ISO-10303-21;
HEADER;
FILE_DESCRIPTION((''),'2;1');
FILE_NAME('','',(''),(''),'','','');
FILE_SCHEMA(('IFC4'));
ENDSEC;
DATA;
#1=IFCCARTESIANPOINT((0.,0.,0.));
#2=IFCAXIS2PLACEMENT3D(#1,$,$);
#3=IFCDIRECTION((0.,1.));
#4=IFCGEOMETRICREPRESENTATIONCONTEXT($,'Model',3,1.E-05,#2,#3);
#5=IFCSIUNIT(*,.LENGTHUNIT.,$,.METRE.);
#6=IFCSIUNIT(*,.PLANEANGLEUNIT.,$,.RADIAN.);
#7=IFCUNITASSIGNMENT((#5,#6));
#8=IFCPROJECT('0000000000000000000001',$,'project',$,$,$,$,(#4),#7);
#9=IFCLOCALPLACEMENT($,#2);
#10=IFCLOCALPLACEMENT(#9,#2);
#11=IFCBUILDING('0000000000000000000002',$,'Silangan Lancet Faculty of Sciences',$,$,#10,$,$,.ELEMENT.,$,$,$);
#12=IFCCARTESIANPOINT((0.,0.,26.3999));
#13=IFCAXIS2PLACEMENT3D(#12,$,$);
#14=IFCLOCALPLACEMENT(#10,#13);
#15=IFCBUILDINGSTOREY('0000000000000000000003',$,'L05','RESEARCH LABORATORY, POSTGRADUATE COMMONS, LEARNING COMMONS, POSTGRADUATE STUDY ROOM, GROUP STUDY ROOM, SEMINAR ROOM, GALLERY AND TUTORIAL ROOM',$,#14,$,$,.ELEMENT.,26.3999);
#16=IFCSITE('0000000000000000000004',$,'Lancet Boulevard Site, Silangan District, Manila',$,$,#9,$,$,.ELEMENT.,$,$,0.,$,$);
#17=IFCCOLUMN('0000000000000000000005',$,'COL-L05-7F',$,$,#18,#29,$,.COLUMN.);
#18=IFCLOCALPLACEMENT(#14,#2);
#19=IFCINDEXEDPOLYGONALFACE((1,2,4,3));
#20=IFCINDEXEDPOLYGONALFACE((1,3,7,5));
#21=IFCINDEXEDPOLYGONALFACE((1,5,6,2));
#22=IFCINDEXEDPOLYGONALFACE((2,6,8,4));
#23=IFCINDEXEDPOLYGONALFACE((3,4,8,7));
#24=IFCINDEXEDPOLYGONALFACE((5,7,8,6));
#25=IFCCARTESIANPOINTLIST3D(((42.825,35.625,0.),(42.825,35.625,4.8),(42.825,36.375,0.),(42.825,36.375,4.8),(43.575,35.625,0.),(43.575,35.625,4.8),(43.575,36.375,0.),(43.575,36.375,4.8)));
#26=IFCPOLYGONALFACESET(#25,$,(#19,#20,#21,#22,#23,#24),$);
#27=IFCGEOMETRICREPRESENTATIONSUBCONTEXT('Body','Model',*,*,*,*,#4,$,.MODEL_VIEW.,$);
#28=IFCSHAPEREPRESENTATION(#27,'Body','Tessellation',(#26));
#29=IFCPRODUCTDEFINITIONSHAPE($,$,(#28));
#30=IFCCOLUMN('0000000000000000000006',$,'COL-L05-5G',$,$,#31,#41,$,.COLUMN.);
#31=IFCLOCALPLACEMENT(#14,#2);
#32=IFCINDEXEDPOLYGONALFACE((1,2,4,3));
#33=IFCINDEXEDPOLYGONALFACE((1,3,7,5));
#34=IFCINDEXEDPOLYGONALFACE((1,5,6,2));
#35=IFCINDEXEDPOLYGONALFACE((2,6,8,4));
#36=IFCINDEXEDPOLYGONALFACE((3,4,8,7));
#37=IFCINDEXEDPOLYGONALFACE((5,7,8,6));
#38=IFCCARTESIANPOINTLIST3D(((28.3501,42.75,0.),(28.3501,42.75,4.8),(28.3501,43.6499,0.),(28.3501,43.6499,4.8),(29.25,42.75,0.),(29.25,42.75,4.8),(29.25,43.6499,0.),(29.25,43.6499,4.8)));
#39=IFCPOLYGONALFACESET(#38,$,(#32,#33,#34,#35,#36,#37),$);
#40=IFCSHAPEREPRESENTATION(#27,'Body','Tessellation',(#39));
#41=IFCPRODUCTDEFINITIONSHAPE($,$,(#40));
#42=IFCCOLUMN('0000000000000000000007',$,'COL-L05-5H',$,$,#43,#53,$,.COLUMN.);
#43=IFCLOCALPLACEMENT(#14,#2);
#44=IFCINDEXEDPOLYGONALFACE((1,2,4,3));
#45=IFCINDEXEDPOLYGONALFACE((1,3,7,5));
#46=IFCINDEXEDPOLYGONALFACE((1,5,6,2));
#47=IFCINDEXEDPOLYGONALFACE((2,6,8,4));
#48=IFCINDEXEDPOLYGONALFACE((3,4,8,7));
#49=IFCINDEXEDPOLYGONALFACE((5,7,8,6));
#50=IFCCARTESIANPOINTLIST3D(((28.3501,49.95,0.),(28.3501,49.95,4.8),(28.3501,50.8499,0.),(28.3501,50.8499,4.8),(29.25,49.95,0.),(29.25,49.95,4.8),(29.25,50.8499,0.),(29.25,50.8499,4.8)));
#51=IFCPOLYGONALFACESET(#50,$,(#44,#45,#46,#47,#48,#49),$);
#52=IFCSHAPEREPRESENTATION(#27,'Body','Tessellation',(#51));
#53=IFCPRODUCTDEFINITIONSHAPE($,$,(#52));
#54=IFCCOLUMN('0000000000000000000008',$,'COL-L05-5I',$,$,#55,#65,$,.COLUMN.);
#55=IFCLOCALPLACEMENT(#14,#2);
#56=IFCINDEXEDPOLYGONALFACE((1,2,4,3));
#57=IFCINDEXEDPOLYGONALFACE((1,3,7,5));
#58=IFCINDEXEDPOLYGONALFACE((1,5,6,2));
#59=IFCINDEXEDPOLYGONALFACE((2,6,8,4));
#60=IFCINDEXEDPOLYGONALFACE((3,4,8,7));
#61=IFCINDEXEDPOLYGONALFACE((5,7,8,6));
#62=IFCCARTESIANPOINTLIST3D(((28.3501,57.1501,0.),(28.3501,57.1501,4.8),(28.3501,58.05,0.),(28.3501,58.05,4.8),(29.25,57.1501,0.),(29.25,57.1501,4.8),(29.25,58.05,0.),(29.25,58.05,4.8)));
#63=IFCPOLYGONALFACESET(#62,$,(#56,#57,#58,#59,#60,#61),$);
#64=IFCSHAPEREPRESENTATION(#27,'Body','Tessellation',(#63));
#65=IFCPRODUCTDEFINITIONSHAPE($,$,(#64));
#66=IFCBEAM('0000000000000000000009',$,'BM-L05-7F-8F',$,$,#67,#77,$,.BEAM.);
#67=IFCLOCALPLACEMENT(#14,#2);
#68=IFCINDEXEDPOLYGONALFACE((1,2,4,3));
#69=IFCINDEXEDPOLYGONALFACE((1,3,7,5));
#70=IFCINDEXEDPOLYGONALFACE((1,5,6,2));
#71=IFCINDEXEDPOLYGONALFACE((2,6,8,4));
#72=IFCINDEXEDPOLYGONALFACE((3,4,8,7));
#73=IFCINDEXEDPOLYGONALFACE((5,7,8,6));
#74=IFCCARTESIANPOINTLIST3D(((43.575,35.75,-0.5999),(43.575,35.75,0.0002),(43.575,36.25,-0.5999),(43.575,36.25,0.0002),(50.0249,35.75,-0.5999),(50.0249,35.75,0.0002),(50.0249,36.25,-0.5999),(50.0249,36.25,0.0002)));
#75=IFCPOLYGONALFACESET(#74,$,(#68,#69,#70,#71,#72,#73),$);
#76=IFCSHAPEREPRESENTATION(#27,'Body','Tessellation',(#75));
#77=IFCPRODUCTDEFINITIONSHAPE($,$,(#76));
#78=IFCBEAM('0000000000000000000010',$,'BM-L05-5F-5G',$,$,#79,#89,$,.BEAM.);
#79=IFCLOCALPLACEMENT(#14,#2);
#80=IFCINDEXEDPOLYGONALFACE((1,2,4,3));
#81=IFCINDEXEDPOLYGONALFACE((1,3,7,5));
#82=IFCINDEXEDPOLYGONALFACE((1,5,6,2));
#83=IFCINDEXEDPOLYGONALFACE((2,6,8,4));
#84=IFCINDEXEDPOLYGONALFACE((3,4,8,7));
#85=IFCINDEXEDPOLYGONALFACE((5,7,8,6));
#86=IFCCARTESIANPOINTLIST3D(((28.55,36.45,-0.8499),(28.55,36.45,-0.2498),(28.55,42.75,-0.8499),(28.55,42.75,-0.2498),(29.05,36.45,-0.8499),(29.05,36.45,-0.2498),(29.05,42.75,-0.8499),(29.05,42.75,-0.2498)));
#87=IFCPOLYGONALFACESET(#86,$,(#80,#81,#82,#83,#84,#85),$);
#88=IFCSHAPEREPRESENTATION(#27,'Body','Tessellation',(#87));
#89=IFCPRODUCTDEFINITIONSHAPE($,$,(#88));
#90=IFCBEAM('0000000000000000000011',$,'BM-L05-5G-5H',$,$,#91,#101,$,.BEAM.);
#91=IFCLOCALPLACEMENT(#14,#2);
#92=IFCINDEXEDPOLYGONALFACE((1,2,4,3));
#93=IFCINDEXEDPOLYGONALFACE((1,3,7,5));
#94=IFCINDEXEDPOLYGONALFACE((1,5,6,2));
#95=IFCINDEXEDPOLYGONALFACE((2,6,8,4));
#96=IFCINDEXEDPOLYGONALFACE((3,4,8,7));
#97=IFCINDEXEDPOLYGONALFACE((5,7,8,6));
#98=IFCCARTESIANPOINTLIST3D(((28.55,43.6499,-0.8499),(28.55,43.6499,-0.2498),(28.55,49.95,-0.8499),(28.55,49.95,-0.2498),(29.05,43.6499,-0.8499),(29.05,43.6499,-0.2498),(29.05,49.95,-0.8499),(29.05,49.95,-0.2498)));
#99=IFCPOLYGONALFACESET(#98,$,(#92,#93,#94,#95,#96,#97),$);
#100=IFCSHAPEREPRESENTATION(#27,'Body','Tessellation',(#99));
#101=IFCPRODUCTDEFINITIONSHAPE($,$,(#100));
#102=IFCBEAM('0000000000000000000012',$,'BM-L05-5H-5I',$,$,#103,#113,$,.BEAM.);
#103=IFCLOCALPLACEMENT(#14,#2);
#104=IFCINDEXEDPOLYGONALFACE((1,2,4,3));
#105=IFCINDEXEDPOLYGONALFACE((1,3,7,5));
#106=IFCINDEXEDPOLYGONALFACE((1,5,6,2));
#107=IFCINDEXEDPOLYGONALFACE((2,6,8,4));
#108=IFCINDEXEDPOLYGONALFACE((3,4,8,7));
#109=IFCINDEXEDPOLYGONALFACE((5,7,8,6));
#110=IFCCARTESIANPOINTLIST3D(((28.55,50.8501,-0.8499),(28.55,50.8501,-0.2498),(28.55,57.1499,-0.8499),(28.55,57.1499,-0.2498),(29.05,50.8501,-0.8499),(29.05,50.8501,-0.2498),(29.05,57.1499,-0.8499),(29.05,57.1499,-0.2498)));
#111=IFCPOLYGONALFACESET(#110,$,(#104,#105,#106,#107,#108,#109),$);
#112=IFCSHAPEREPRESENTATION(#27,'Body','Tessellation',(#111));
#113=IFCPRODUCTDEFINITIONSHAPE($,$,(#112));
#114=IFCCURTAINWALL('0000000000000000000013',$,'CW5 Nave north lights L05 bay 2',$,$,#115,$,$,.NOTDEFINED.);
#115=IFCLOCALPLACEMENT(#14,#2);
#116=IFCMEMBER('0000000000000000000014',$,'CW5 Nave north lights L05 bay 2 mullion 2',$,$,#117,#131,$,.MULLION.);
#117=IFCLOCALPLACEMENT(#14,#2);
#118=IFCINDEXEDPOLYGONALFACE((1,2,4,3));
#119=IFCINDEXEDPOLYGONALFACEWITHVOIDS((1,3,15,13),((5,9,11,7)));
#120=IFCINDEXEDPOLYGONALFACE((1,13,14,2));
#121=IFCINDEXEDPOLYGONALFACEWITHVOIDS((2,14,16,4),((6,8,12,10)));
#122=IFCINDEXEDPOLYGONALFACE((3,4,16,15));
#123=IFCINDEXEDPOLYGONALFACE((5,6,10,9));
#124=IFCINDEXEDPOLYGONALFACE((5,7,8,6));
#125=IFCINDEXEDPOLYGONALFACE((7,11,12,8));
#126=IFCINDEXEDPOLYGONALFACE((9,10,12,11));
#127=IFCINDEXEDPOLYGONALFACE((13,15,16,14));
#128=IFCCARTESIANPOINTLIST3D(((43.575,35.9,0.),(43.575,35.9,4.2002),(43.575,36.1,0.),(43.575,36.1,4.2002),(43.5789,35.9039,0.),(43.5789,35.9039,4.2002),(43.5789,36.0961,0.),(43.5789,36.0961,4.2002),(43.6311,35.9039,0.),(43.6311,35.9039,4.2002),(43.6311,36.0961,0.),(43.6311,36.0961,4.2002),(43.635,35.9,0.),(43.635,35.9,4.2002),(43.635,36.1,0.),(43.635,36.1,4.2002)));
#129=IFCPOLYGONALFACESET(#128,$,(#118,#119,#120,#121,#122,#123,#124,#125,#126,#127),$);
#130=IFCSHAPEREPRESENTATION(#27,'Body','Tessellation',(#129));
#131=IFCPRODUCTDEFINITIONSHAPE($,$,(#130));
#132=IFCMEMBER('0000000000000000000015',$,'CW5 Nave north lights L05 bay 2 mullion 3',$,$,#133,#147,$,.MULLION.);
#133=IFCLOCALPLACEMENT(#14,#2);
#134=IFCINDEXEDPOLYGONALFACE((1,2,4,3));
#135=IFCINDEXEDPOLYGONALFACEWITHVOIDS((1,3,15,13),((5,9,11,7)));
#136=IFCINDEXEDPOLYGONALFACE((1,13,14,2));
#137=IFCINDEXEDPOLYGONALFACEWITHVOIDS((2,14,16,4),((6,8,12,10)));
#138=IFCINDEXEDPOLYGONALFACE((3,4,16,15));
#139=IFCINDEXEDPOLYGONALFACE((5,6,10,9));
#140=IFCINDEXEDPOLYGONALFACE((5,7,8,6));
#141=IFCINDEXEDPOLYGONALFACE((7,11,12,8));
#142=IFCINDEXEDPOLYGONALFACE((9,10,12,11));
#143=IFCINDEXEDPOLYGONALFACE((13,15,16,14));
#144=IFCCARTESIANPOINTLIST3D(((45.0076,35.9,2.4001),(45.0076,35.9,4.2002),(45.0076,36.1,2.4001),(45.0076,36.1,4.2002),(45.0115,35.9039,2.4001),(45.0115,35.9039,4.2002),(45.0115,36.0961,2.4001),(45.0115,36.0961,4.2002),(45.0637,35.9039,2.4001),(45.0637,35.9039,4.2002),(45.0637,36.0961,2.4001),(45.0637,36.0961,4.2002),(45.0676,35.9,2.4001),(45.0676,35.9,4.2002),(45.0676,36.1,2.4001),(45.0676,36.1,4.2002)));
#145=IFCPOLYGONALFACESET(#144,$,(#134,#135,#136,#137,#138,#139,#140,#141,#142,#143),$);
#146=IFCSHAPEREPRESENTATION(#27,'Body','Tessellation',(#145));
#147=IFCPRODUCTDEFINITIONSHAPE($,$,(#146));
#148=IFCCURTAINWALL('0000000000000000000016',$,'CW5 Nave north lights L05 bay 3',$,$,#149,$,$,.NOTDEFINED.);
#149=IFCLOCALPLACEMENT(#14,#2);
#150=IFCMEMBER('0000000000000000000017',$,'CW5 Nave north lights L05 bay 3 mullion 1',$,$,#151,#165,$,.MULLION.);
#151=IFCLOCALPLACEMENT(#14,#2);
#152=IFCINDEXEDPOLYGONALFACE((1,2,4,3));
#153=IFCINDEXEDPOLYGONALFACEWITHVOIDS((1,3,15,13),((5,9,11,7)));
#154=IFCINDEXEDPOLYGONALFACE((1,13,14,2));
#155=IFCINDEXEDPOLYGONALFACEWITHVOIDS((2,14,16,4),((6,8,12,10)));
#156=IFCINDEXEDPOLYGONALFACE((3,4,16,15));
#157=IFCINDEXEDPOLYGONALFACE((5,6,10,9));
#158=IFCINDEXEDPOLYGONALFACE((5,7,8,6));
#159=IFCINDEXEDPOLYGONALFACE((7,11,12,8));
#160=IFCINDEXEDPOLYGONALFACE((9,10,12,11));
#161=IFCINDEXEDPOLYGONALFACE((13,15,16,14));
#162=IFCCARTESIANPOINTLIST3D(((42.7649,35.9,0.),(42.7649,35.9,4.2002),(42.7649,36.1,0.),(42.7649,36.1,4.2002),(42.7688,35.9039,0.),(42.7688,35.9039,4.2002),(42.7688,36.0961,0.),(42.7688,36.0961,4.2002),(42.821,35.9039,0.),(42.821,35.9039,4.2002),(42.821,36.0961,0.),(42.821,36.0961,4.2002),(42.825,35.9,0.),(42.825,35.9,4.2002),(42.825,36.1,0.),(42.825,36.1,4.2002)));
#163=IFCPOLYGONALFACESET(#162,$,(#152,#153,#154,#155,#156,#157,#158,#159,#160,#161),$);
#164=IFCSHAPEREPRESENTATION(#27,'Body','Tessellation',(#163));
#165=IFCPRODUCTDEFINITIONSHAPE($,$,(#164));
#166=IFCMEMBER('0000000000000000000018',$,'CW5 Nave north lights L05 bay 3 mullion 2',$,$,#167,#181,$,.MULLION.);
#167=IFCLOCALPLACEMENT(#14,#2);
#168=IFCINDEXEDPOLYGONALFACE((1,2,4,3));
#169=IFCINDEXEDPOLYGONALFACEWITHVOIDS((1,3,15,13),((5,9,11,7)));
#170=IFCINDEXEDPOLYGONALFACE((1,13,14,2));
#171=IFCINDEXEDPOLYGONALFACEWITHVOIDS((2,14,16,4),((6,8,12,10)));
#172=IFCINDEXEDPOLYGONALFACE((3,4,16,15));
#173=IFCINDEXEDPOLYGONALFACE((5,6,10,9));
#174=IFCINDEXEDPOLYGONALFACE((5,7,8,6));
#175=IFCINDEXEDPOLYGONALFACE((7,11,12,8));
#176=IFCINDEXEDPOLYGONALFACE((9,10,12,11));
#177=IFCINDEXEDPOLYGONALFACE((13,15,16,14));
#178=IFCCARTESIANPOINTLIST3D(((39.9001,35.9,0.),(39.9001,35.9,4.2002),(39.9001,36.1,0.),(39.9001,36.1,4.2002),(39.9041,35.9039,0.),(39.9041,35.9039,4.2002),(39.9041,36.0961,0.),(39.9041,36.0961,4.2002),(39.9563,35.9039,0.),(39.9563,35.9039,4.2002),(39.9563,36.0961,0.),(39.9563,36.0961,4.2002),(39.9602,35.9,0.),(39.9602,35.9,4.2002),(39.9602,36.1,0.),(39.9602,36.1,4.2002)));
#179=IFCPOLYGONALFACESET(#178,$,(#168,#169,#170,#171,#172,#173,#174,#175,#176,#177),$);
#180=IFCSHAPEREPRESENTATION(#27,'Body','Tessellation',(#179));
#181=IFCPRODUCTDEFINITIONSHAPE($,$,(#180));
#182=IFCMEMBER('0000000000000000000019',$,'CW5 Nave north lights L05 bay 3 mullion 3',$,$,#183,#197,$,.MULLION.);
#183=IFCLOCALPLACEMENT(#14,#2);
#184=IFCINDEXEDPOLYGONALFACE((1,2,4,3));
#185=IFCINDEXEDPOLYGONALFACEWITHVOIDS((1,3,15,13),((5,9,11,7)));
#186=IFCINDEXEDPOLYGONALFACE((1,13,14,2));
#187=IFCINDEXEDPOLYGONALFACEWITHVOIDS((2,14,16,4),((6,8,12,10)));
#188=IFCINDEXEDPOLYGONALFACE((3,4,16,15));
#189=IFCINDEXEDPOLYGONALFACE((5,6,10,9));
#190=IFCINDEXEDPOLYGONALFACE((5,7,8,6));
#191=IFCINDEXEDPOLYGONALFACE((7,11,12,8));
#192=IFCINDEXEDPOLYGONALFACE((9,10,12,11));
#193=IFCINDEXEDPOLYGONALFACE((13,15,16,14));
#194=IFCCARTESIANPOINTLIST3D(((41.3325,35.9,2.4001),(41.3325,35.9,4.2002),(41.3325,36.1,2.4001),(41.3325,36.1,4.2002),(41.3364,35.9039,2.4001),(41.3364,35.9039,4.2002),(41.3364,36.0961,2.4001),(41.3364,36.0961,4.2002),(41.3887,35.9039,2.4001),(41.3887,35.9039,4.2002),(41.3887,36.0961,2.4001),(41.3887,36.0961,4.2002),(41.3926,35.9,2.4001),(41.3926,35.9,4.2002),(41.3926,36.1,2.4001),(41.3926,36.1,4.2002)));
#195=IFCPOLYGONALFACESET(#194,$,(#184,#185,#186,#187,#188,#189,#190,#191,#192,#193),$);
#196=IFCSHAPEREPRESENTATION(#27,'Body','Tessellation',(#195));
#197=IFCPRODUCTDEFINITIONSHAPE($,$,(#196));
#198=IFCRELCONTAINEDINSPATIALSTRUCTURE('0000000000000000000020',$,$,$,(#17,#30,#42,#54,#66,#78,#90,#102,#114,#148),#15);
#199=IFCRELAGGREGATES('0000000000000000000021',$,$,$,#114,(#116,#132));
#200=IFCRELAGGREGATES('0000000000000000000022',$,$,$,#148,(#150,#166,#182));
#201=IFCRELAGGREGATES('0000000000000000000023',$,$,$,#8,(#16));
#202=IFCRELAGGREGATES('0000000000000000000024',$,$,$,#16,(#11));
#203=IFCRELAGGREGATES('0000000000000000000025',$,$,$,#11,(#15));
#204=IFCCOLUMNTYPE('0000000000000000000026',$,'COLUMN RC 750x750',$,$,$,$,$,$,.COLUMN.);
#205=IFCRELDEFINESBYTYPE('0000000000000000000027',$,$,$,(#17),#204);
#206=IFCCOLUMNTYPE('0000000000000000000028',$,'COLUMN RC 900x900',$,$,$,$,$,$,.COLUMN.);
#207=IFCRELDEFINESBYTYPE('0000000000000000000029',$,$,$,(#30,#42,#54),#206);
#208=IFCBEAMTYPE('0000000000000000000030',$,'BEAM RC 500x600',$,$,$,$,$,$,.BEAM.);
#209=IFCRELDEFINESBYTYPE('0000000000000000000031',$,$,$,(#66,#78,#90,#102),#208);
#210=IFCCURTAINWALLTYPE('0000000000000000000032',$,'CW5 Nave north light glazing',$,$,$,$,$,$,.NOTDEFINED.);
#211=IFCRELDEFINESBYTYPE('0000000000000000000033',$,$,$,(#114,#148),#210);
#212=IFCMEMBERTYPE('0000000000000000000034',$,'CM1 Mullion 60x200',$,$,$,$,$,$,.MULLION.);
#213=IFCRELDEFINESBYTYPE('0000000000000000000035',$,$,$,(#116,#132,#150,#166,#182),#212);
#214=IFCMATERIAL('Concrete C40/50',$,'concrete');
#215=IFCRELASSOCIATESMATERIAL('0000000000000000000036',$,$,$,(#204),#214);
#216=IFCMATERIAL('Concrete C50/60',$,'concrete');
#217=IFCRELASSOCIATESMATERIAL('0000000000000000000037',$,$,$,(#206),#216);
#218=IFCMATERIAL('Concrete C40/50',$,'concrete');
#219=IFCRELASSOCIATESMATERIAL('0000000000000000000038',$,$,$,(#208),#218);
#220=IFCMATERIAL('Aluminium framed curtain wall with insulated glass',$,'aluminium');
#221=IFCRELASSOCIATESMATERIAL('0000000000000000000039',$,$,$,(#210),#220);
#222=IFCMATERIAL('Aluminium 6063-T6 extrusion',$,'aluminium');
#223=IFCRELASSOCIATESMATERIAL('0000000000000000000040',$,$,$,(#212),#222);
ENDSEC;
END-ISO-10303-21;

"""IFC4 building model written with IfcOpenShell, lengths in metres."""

from ifc_helpers import new_model, si_unit, direction, frame, origin, origin_2d, place, context, subcontext, project, spatial, rectangle, hollow_rectangle, extrude, material, material_profile, profile_set, type_object, element, aggregate, save


model = new_model("IFC4")

# Units and contexts
model_context = context("Model", 3, precision=1e-05, world=origin(), true_north=direction((0.0, 1.0)))
body_context = subcontext(model_context, "Body", "Model", "MODEL_VIEW")
ifc_project = project(units=[si_unit("LENGTHUNIT", "METRE"), si_unit("PLANEANGLEUNIT", "RADIAN")], contexts=[model_context])

# Site, building, storey
site_placement = place(None, origin())
site = spatial("IfcSite", under=ifc_project, at=site_placement, Name="Lancet Boulevard Site, Silangan District, Manila", CompositionType="ELEMENT", RefElevation=0.0)
building_placement = place(site_placement, origin())
building = spatial("IfcBuilding", under=site, at=building_placement, Name="Silangan Lancet Faculty of Sciences", CompositionType="ELEMENT")
storey_placement = place(building_placement, frame((0.0, 0.0, 26.3999)))
storey = spatial("IfcBuildingStorey", under=building, at=storey_placement, Name="L05", Description="RESEARCH LABORATORY, POSTGRADUATE COMMONS, LEARNING COMMONS, POSTGRADUATE STUDY ROOM, GROUP STUDY ROOM, SEMINAR ROOM, GALLERY AND TUTORIAL ROOM", CompositionType="ELEMENT", Elevation=26.3999)

# Columns
ifc_material_1 = material(Name="Concrete C40/50", Category="concrete")
ifc_material_profile_1 = material_profile(ifc_material_1, rectangle(XDim=0.75, YDim=0.75, at=origin_2d()), Name="RC 750x750")
ifc_profile_set_1 = profile_set([ifc_material_profile_1], Name="Concrete C40/50")
column_type_1 = type_object("IfcColumnType", Name="COLUMN RC 750x750", PredefinedType="COLUMN", material=ifc_profile_set_1)
column_placement = place(storey_placement, frame((43.2, 36.0, 0.0), z_axis=(0.0, 0.0, 1.0), x_axis=(1.0, 0.0, 0.0)))
element("IfcColumn", 1, at=column_placement, inside=storey, type_object=column_type_1, Name="COL-L05-7F", PredefinedType="COLUMN", context=body_context, shape_type="SweptSolid", body=[
    extrude(rectangle(XDim=0.75, YDim=0.75, at=origin_2d()), origin(), (0.0, 0.0, 1.0), 4.8),
])
ifc_material_2 = material(Name="Concrete C50/60", Category="concrete")
ifc_material_profile_2 = material_profile(ifc_material_2, rectangle(XDim=0.8999, YDim=0.8999, at=origin_2d()), Name="RC 900x900")
ifc_profile_set_2 = profile_set([ifc_material_profile_2], Name="Concrete C50/60")
column_type_2 = type_object("IfcColumnType", Name="COLUMN RC 900x900", PredefinedType="COLUMN", material=ifc_profile_set_2)
for number, where, z_axis, x_axis, name in (
    (2, (28.8, 43.2, 0.0), (0.0, 0.0, 1.0), (1.0, 0.0, 0.0), "COL-L05-5G"),
    (3, (28.8, 50.3999, 0.0), (0.0, 0.0, 1.0), (1.0, 0.0, 0.0), "COL-L05-5H"),
    (4, (28.8, 57.6001, 0.0), (0.0, 0.0, 1.0), (1.0, 0.0, 0.0), "COL-L05-5I"),
):
    element("IfcColumn", number, at=place(storey_placement, frame(where, z_axis=z_axis, x_axis=x_axis)), inside=storey, type_object=column_type_2, Name=name, PredefinedType="COLUMN", context=body_context, shape_type="SweptSolid", body=[
        extrude(rectangle(XDim=0.8999, YDim=0.8999, at=origin_2d()), origin(), (0.0, 0.0, 1.0), 4.8),
    ])

# Beams
ifc_material_3 = material(Name="Concrete C40/50", Category="concrete")
ifc_material_profile_3 = material_profile(ifc_material_3, rectangle(XDim=0.5, YDim=0.6001, at=origin_2d()), Name="RC 500x600")
ifc_profile_set_3 = profile_set([ifc_material_profile_3], Name="Concrete C40/50")
beam_type = type_object("IfcBeamType", Name="BEAM RC 500x600", PredefinedType="BEAM", material=ifc_profile_set_3)
beam_1_placement = place(storey_placement, frame((43.575, 36.0, -0.2998), z_axis=(1.0, 0.0, 0.0), x_axis=(0.0, 1.0, 0.0)))
element("IfcBeam", 5, at=beam_1_placement, inside=storey, type_object=beam_type, Name="BM-L05-7F-8F", PredefinedType="BEAM", context=body_context, shape_type="SweptSolid", body=[
    extrude(rectangle(XDim=0.5, YDim=0.6001, at=origin_2d()), origin(), (0.0, 0.0, 1.0), 6.45),
])
for number, where, z_axis, x_axis, name in (
    (6, (28.8, 36.45, -0.5498), (0.0, 1.0, 0.0), (-1.0, 0.0, 0.0), "BM-L05-5F-5G"),
    (7, (28.8, 43.6499, -0.5498), (0.0, 1.0, 0.0), (-1.0, 0.0, 0.0), "BM-L05-5G-5H"),
):
    element("IfcBeam", number, at=place(storey_placement, frame(where, z_axis=z_axis, x_axis=x_axis)), inside=storey, type_object=beam_type, Name=name, PredefinedType="BEAM", context=body_context, shape_type="SweptSolid", body=[
        extrude(rectangle(XDim=0.5, YDim=0.6001, at=origin_2d()), origin(), (0.0, 0.0, 1.0), 6.3),
    ])
beam_2_placement = place(storey_placement, frame((28.8, 50.8501, -0.5498), z_axis=(0.0, 1.0, 0.0), x_axis=(-1.0, 0.0, 0.0)))
element("IfcBeam", 8, at=beam_2_placement, inside=storey, type_object=beam_type, Name="BM-L05-5H-5I", PredefinedType="BEAM", context=body_context, shape_type="SweptSolid", body=[
    extrude(rectangle(XDim=0.5, YDim=0.6001, at=origin_2d()), origin(), (0.0, 0.0, 1.0), 6.2998),
])

# Curtain walls, members
ifc_material_4 = material(Name="Aluminium framed curtain wall with insulated glass", Category="aluminium")
curtain_wall_type = type_object("IfcCurtainWallType", Name="CW5 Nave north light glazing", PredefinedType="NOTDEFINED", material=ifc_material_4)
curtain_wall_1_placement = place(storey_placement, origin())
curtain_wall_1 = element("IfcCurtainWall", 9, at=curtain_wall_1_placement, inside=storey, type_object=curtain_wall_type, Name="CW5 Nave north lights L05 bay 2", PredefinedType="NOTDEFINED")
ifc_material_5 = material(Name="Aluminium 6063-T6 extrusion", Category="aluminium")
ifc_material_profile_4 = material_profile(ifc_material_5, hollow_rectangle(XDim=0.0601, YDim=0.2, WallThickness=0.0039, at=origin_2d()), Name="AL BOX 60x200x4")
ifc_profile_set_4 = profile_set([ifc_material_profile_4], Name="Aluminium 6063-T6 extrusion")
member_type_1 = type_object("IfcMemberType", Name="CM1 Mullion 60x200", PredefinedType="MULLION", material=ifc_profile_set_4)
member_1_placement = place(storey_placement, frame((43.605, 36.0, 0.0), z_axis=(0.0, 0.0, 1.0), x_axis=(-1.0, 0.0, 0.0)))
member_1 = element("IfcMember", 10, at=member_1_placement, type_object=member_type_1, Name="CW5 Nave north lights L05 bay 2 mullion 2", PredefinedType="MULLION", context=body_context, shape_type="SweptSolid", body=[
    extrude(hollow_rectangle(XDim=0.0601, YDim=0.2, WallThickness=0.0039, at=origin_2d()), origin(), (0.0, 0.0, 1.0), 4.2002),
])
member_2_placement = place(storey_placement, frame((45.0376, 36.0, 2.4001), z_axis=(0.0, 0.0, 1.0), x_axis=(-1.0, 0.0, 0.0)))
member_2 = element("IfcMember", 11, at=member_2_placement, type_object=member_type_1, Name="CW5 Nave north lights L05 bay 2 mullion 3", PredefinedType="MULLION", context=body_context, shape_type="SweptSolid", body=[
    extrude(hollow_rectangle(XDim=0.0601, YDim=0.2, WallThickness=0.0039, at=origin_2d()), origin(), (0.0, 0.0, 1.0), 1.8),
])
curtain_wall_2_placement = place(storey_placement, origin())
curtain_wall_2 = element("IfcCurtainWall", 12, at=curtain_wall_2_placement, inside=storey, type_object=curtain_wall_type, Name="CW5 Nave north lights L05 bay 3", PredefinedType="NOTDEFINED")
member_3_placement = place(storey_placement, frame((42.7949, 36.0, 0.0), z_axis=(0.0, 0.0, 1.0), x_axis=(-1.0, 0.0, 0.0)))
member_3 = element("IfcMember", 13, at=member_3_placement, type_object=member_type_1, Name="CW5 Nave north lights L05 bay 3 mullion 1", PredefinedType="MULLION", context=body_context, shape_type="SweptSolid", body=[
    extrude(hollow_rectangle(XDim=0.0601, YDim=0.2, WallThickness=0.0039, at=origin_2d()), origin(), (0.0, 0.0, 1.0), 4.2002),
])
member_4_placement = place(storey_placement, frame((39.9302, 36.0, 0.0), z_axis=(0.0, 0.0, 1.0), x_axis=(-1.0, 0.0, 0.0)))
member_4 = element("IfcMember", 14, at=member_4_placement, type_object=member_type_1, Name="CW5 Nave north lights L05 bay 3 mullion 2", PredefinedType="MULLION", context=body_context, shape_type="SweptSolid", body=[
    extrude(hollow_rectangle(XDim=0.0601, YDim=0.2, WallThickness=0.0039, at=origin_2d()), origin(), (0.0, 0.0, 1.0), 4.2002),
])
member_5_placement = place(storey_placement, frame((41.3625, 36.0, 2.4001), z_axis=(0.0, 0.0, 1.0), x_axis=(-1.0, 0.0, 0.0)))
member_5 = element("IfcMember", 15, at=member_5_placement, type_object=member_type_1, Name="CW5 Nave north lights L05 bay 3 mullion 3", PredefinedType="MULLION", context=body_context, shape_type="SweptSolid", body=[
    extrude(hollow_rectangle(XDim=0.0601, YDim=0.2, WallThickness=0.0039, at=origin_2d()), origin(), (0.0, 0.0, 1.0), 1.8),
])

aggregate(curtain_wall_1, [member_1, member_2])
aggregate(curtain_wall_2, [member_3, member_4, member_5])

save(model, "model.ifc")
